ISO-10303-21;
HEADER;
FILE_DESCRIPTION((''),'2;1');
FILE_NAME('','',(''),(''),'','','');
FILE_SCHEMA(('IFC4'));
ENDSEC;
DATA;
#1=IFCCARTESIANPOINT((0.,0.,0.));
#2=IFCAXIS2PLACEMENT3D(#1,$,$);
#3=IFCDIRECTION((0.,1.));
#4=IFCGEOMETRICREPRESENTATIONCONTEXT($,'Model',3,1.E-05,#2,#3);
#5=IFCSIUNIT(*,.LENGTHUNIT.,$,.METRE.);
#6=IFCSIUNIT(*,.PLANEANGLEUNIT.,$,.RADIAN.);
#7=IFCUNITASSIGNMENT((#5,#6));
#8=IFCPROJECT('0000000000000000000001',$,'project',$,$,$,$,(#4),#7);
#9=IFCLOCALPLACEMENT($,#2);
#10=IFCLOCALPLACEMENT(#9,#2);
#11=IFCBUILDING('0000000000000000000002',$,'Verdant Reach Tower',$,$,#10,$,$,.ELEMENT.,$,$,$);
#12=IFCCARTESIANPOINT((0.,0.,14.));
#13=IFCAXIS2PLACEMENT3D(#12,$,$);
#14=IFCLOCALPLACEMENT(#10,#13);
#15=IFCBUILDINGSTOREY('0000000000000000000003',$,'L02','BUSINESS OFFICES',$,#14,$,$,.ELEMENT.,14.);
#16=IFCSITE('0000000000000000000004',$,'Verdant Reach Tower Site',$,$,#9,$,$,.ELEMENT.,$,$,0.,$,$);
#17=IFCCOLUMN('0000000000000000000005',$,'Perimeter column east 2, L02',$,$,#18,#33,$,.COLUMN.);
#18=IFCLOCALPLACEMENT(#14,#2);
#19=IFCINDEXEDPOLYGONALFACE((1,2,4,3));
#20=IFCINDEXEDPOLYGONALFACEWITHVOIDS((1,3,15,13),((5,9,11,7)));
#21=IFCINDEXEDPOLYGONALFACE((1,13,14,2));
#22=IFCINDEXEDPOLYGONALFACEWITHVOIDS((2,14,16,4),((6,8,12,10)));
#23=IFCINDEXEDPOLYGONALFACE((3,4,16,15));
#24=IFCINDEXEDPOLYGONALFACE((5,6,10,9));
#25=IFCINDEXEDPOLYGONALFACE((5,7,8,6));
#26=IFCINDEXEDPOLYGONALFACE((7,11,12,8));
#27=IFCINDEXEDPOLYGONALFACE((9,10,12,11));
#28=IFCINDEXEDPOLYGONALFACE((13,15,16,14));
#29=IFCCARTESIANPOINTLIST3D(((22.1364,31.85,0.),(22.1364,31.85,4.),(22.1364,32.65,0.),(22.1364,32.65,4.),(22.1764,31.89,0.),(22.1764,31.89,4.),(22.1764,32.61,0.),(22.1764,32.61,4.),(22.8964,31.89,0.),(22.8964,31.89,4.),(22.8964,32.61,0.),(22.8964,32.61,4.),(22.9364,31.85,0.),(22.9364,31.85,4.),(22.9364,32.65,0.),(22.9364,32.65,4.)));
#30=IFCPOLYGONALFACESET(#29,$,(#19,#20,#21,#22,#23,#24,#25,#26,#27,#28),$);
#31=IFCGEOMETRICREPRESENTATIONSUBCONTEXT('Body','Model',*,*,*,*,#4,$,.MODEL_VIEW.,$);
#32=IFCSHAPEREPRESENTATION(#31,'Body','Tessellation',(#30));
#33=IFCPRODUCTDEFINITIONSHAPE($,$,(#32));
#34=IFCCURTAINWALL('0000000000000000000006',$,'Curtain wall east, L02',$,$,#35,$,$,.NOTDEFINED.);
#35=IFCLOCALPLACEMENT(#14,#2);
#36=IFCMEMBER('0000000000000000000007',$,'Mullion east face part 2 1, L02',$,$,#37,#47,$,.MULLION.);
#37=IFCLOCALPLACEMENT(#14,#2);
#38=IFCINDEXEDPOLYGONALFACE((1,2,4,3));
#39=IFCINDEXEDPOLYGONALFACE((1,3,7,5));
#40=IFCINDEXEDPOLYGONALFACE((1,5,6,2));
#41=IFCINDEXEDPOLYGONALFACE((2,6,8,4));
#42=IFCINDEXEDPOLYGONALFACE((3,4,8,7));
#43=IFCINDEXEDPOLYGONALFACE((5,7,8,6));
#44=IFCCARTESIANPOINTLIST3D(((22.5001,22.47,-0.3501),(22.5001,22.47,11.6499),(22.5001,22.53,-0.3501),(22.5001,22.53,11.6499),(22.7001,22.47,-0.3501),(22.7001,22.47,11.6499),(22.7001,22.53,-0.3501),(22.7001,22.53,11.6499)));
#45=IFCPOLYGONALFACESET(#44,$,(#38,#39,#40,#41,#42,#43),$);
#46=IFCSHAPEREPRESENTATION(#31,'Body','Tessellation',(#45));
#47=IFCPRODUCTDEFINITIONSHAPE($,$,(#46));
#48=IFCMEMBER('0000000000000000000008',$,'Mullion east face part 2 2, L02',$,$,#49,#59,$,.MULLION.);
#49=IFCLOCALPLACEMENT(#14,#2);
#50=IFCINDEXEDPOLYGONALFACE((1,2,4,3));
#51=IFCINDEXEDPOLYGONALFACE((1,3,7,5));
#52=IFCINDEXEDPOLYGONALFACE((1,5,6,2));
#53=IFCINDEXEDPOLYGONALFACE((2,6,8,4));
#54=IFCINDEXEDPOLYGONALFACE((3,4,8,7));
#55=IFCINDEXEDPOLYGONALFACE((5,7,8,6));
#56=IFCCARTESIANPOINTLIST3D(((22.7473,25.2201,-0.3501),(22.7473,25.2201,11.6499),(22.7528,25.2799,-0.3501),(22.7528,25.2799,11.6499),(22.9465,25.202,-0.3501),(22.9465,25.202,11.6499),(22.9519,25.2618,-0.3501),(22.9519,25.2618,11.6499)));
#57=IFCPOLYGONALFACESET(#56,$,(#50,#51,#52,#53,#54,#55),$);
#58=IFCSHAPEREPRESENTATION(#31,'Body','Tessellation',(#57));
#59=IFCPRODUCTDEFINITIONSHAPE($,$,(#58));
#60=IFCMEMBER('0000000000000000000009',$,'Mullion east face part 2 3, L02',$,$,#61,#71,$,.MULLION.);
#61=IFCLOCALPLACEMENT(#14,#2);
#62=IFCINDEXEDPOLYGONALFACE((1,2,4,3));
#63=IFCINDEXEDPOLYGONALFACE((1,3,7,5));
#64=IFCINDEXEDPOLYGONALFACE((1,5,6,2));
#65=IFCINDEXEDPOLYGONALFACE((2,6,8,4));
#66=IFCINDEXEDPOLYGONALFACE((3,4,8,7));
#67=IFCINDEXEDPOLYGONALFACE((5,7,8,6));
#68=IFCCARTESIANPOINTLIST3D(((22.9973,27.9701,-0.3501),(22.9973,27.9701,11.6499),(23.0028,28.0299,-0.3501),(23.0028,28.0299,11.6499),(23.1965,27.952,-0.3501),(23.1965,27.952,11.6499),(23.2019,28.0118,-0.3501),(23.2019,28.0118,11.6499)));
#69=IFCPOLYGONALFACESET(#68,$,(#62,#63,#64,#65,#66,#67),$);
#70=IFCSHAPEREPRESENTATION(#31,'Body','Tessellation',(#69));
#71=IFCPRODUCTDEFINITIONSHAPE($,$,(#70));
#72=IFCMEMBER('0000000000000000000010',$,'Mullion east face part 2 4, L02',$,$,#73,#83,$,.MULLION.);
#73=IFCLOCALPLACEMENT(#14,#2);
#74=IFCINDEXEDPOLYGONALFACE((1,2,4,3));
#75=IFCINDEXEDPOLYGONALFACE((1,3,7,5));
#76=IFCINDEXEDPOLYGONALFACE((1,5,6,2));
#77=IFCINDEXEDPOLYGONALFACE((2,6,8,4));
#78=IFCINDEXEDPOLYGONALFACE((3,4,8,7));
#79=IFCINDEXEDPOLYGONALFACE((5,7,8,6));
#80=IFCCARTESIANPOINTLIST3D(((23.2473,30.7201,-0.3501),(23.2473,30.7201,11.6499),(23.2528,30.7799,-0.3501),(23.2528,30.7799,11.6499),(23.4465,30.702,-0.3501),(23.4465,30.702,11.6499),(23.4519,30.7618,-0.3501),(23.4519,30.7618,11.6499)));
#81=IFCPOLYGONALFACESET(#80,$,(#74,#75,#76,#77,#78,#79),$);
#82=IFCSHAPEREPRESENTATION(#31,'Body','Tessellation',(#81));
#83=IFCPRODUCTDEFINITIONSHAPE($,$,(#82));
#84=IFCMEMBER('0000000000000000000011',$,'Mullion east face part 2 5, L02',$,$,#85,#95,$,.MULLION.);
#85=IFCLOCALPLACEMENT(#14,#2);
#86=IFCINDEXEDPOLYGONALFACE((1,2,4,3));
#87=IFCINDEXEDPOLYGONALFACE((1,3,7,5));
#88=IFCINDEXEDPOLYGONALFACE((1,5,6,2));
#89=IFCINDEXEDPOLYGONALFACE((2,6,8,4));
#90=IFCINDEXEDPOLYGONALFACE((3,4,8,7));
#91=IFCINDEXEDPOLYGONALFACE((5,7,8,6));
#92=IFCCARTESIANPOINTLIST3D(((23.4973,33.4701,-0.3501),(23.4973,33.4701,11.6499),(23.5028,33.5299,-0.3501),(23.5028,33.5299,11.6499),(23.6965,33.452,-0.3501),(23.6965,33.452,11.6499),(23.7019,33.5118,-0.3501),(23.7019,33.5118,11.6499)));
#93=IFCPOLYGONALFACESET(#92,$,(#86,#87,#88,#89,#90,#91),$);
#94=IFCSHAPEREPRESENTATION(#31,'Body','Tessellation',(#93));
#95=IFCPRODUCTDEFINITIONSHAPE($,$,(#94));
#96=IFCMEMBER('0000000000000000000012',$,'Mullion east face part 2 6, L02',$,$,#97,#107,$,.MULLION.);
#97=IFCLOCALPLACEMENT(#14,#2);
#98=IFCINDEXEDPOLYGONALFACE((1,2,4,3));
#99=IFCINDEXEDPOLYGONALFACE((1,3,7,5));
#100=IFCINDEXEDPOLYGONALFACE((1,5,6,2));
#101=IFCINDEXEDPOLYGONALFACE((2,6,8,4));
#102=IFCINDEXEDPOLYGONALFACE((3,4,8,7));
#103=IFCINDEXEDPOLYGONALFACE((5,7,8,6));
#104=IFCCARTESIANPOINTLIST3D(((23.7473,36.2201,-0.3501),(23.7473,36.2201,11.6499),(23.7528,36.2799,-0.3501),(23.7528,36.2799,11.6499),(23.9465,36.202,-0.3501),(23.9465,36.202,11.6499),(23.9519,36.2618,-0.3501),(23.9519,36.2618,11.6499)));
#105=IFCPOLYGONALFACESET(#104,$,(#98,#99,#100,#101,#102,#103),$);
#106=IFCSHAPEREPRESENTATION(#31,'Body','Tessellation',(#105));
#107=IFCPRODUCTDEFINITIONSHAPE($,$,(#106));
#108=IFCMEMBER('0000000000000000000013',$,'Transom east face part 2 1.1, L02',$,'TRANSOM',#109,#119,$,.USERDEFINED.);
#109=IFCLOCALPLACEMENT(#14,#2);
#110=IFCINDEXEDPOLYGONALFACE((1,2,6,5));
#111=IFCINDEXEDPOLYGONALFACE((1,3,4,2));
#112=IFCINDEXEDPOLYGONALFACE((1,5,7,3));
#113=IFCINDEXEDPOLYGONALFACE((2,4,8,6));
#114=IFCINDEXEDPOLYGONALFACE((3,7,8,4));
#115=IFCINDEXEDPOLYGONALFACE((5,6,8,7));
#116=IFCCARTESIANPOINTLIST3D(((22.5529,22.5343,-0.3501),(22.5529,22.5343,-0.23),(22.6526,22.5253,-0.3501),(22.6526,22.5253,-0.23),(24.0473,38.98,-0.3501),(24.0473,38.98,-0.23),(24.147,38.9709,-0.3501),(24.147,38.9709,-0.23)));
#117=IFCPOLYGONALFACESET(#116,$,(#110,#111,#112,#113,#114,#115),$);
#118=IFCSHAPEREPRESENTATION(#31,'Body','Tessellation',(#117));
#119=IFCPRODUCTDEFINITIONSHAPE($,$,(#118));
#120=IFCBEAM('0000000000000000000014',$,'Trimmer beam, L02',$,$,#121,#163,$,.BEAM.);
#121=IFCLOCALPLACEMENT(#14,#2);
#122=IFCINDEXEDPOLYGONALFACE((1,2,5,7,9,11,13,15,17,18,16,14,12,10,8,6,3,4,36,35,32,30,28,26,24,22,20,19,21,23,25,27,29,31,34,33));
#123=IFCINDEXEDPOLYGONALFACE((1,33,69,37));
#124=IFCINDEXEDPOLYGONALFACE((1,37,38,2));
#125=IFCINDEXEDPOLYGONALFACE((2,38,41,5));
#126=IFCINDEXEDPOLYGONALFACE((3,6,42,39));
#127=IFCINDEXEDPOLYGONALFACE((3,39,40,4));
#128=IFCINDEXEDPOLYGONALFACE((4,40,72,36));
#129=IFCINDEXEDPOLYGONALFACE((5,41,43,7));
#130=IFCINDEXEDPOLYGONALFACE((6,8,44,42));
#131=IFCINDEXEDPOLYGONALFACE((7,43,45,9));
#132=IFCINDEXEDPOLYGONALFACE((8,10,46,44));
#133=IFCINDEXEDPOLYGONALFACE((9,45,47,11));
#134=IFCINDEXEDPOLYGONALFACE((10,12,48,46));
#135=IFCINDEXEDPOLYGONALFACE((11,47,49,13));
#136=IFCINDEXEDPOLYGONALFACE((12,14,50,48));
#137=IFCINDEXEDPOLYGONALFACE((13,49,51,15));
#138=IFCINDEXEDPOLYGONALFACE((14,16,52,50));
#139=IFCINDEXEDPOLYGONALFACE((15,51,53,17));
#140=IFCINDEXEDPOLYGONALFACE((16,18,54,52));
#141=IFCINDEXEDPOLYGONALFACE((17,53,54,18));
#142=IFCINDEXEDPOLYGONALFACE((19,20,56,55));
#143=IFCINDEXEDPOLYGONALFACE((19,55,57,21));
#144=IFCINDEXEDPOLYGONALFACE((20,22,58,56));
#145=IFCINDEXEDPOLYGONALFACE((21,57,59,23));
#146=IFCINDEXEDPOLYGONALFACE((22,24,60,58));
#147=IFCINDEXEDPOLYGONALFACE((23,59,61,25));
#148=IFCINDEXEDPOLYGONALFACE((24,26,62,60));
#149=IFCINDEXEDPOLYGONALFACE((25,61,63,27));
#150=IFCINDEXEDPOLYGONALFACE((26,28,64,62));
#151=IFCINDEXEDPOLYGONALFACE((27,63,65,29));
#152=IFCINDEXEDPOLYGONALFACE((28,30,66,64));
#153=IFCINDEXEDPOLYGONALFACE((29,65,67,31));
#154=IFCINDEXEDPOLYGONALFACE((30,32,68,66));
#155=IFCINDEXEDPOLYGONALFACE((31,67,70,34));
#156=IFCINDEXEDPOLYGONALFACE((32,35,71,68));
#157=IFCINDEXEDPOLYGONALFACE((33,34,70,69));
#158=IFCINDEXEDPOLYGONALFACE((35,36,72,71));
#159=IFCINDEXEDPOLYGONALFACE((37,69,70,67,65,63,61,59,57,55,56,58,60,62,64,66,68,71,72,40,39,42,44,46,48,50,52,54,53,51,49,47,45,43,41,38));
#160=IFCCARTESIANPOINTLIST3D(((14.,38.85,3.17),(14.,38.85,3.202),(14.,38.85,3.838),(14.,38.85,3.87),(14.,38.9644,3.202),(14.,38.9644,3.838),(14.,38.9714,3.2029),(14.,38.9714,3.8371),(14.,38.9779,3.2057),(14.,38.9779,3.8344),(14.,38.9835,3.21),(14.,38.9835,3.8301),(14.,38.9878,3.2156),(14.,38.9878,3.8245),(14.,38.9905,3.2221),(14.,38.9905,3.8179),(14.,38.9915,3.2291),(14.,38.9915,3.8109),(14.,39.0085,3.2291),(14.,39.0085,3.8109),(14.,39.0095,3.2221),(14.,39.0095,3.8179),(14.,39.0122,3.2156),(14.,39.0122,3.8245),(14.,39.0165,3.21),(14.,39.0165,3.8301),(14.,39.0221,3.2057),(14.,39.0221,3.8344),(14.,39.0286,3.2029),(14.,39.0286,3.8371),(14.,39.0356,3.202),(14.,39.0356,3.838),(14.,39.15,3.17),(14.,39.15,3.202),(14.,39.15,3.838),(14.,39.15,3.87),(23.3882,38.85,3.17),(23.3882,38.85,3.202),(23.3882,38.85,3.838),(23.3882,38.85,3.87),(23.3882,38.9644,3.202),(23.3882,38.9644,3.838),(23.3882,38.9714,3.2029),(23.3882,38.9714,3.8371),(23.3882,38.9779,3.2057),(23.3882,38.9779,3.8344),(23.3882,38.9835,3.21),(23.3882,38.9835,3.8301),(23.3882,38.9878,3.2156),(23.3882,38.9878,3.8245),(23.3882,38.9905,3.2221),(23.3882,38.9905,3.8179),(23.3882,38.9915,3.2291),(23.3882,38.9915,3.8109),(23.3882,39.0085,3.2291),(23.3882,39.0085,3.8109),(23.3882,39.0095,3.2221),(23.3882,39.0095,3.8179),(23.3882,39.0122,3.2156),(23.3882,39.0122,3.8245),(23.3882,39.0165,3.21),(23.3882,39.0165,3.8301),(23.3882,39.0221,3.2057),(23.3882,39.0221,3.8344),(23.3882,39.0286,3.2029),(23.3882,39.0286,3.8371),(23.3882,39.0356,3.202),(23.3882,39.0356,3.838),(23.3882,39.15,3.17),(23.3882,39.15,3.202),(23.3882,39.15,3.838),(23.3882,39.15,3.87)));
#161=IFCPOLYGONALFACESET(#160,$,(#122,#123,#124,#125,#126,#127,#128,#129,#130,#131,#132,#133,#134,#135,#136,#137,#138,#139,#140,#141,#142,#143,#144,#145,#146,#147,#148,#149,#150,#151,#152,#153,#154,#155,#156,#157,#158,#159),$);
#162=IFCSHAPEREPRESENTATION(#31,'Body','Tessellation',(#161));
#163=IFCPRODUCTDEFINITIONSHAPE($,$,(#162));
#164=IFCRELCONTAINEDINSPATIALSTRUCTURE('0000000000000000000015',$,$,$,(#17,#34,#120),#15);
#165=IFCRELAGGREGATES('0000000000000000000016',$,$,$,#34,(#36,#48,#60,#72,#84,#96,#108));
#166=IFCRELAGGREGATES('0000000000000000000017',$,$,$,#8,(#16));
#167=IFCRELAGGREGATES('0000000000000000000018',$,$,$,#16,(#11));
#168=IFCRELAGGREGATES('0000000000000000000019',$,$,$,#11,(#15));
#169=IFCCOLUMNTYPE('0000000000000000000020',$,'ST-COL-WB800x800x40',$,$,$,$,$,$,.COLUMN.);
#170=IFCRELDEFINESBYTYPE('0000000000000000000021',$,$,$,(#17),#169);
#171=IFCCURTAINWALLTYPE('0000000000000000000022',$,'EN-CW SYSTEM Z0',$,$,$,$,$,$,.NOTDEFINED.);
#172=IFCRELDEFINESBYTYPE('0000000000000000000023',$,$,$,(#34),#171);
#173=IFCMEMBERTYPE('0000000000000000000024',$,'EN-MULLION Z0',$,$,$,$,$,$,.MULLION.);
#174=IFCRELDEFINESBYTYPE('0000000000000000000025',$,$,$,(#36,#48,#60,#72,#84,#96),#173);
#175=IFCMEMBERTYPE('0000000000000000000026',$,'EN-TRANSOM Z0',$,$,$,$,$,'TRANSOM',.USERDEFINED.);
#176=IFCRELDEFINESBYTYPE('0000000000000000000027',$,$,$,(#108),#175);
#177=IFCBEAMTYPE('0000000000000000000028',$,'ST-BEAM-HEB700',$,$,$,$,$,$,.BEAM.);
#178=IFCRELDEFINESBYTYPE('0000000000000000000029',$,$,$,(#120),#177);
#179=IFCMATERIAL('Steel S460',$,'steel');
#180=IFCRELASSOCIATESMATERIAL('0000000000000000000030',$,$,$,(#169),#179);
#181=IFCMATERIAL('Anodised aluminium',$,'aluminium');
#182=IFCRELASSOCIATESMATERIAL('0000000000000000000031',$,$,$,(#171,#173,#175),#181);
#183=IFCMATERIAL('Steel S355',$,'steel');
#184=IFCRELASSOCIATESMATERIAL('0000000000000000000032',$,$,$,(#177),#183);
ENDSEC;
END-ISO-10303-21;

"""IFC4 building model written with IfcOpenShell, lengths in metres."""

from ifc_helpers import new_model, si_unit, direction, frame, origin, origin_2d, place, context, subcontext, project, spatial, rectangle, hollow_rectangle, i_section, extrude, material, material_profile, profile_set, type_object, element, aggregate, save


model = new_model("IFC4")

# Units and contexts
model_context = context("Model", 3, precision=1e-05, world=origin(), true_north=direction((0.0, 1.0)))
body_context = subcontext(model_context, "Body", "Model", "MODEL_VIEW")
ifc_project = project(units=[si_unit("LENGTHUNIT", "METRE"), si_unit("PLANEANGLEUNIT", "RADIAN")], contexts=[model_context])

# Site, building, storey
site_placement = place(None, origin())
site = spatial("IfcSite", under=ifc_project, at=site_placement, Name="Verdant Reach Tower Site", CompositionType="ELEMENT", RefElevation=0.0)
building_placement = place(site_placement, origin())
building = spatial("IfcBuilding", under=site, at=building_placement, Name="Verdant Reach Tower", CompositionType="ELEMENT")
storey_placement = place(building_placement, frame((0.0, 0.0, 14.0)))
storey = spatial("IfcBuildingStorey", under=building, at=storey_placement, Name="L02", Description="BUSINESS OFFICES", CompositionType="ELEMENT", Elevation=14.0)

# Column
ifc_material_1 = material(Name="Steel S460", Category="steel")
ifc_material_profile_1 = material_profile(ifc_material_1, hollow_rectangle(XDim=0.8, YDim=0.8, WallThickness=0.04, at=origin_2d()), Name="WB 800x800x40")
ifc_profile_set_1 = profile_set([ifc_material_profile_1], Name="Steel S460")
column_type = type_object("IfcColumnType", Name="ST-COL-WB800x800x40", PredefinedType="COLUMN", material=ifc_profile_set_1)
column_placement = place(storey_placement, frame((22.5364, 32.25, 0.0), z_axis=(0.0, 0.0, 1.0), x_axis=(1.0, 0.0, 0.0)))
element("IfcColumn", 1, at=column_placement, inside=storey, type_object=column_type, Name="Perimeter column east 2, L02", PredefinedType="COLUMN", context=body_context, shape_type="SweptSolid", body=[
    extrude(hollow_rectangle(XDim=0.8, YDim=0.8, WallThickness=0.04, at=origin_2d()), origin(), (0.0, 0.0, 1.0), 4.0),
])

# Curtain wall, members
ifc_material_2 = material(Name="Anodised aluminium", Category="aluminium")
curtain_wall_type = type_object("IfcCurtainWallType", Name="EN-CW SYSTEM Z0", PredefinedType="NOTDEFINED", material=ifc_material_2)
curtain_wall_placement = place(storey_placement, origin())
curtain_wall = element("IfcCurtainWall", 2, at=curtain_wall_placement, inside=storey, type_object=curtain_wall_type, Name="Curtain wall east, L02", PredefinedType="NOTDEFINED")
ifc_material_profile_2 = material_profile(ifc_material_2, rectangle(XDim=0.2, YDim=0.0601, at=origin_2d()), Name="Mullion 60x200")
ifc_profile_set_2 = profile_set([ifc_material_profile_2], Name="Anodised aluminium")
member_type_1 = type_object("IfcMemberType", Name="EN-MULLION Z0", PredefinedType="MULLION", material=ifc_profile_set_2)
member_1_placement = place(storey_placement, frame((22.6001, 22.5, -0.3501), z_axis=(0.0, 0.0, 1.0), x_axis=(1.0, 0.0, 0.0)))
member_1 = element("IfcMember", 3, at=member_1_placement, type_object=member_type_1, Name="Mullion east face part 2 1, L02", PredefinedType="MULLION", context=body_context, shape_type="SweptSolid", body=[
    extrude(rectangle(XDim=0.2, YDim=0.0601, at=origin_2d()), origin(), (0.0, 0.0, 1.0), 12.0),
])
member_2_placement = place(storey_placement, frame((22.8496, 25.241, -0.3501), z_axis=(0.0, 0.0, 1.0), x_axis=(0.995893, -0.090536, 0.0)))
member_2 = element("IfcMember", 4, at=member_2_placement, type_object=member_type_1, Name="Mullion east face part 2 2, L02", PredefinedType="MULLION", context=body_context, shape_type="SweptSolid", body=[
    extrude(rectangle(XDim=0.2, YDim=0.0601, at=origin_2d()), origin(), (0.0, 0.0, 1.0), 12.0),
])
member_3_placement = place(storey_placement, frame((23.0996, 27.991, -0.3501), z_axis=(0.0, 0.0, 1.0), x_axis=(0.995893, -0.090536, 0.0)))
member_3 = element("IfcMember", 5, at=member_3_placement, type_object=member_type_1, Name="Mullion east face part 2 3, L02", PredefinedType="MULLION", context=body_context, shape_type="SweptSolid", body=[
    extrude(rectangle(XDim=0.2, YDim=0.0601, at=origin_2d()), origin(), (0.0, 0.0, 1.0), 12.0),
])
member_4_placement = place(storey_placement, frame((23.3496, 30.741, -0.3501), z_axis=(0.0, 0.0, 1.0), x_axis=(0.995893, -0.090536, 0.0)))
member_4 = element("IfcMember", 6, at=member_4_placement, type_object=member_type_1, Name="Mullion east face part 2 4, L02", PredefinedType="MULLION", context=body_context, shape_type="SweptSolid", body=[
    extrude(rectangle(XDim=0.2, YDim=0.0601, at=origin_2d()), origin(), (0.0, 0.0, 1.0), 12.0),
])
member_5_placement = place(storey_placement, frame((23.5996, 33.491, -0.3501), z_axis=(0.0, 0.0, 1.0), x_axis=(0.995893, -0.090536, 0.0)))
member_5 = element("IfcMember", 7, at=member_5_placement, type_object=member_type_1, Name="Mullion east face part 2 5, L02", PredefinedType="MULLION", context=body_context, shape_type="SweptSolid", body=[
    extrude(rectangle(XDim=0.2, YDim=0.0601, at=origin_2d()), origin(), (0.0, 0.0, 1.0), 12.0),
])
member_6_placement = place(storey_placement, frame((23.8496, 36.241, -0.3501), z_axis=(0.0, 0.0, 1.0), x_axis=(0.995893, -0.090536, 0.0)))
member_6 = element("IfcMember", 8, at=member_6_placement, type_object=member_type_1, Name="Mullion east face part 2 6, L02", PredefinedType="MULLION", context=body_context, shape_type="SweptSolid", body=[
    extrude(rectangle(XDim=0.2, YDim=0.0601, at=origin_2d()), origin(), (0.0, 0.0, 1.0), 12.0),
])
ifc_material_profile_3 = material_profile(ifc_material_2, rectangle(XDim=0.1001, YDim=0.1201, at=origin_2d()), Name="Transom 120x100")
ifc_profile_set_3 = profile_set([ifc_material_profile_3], Name="Anodised aluminium")
member_type_2 = type_object("IfcMemberType", Name="EN-TRANSOM Z0", ElementType="TRANSOM", PredefinedType="USERDEFINED", material=ifc_profile_set_3)
member_7_placement = place(storey_placement, frame((22.6028, 22.5298, -0.29), z_axis=(0.090496, 0.995897, 0.0), x_axis=(-0.995897, 0.090496, 0.0)))
member_7 = element("IfcMember", 9, at=member_7_placement, type_object=member_type_2, Name="Transom east face part 2 1.1, L02", ObjectType="TRANSOM", PredefinedType="USERDEFINED", context=body_context, shape_type="SweptSolid", body=[
    extrude(rectangle(XDim=0.1001, YDim=0.1201, at=origin_2d()), origin(), (0.0, 0.0, 1.0), 16.5134),
])

# Beam
ifc_material_3 = material(Name="Steel S355", Category="steel")
ifc_material_profile_4 = material_profile(ifc_material_3, i_section(OverallWidth=0.3, OverallDepth=0.7, WebThickness=0.0171, FlangeThickness=0.032, FilletRadius=0.0271, at=origin_2d()), Name="HEB 700")
ifc_profile_set_4 = profile_set([ifc_material_profile_4], Name="Steel S355")
beam_type_1 = type_object("IfcBeamType", Name="ST-BEAM-HEB700", PredefinedType="BEAM", material=ifc_profile_set_4)
beam_1_placement = place(storey_placement, frame((14.0, 39.0, 3.52), z_axis=(1.0, 0.0, 0.0), x_axis=(0.0, 1.0, 0.0)))
element("IfcBeam", 10, at=beam_1_placement, inside=storey, type_object=beam_type_1, Name="Trimmer beam, L02", PredefinedType="BEAM", context=body_context, shape_type="SweptSolid", body=[
    extrude(i_section(OverallWidth=0.3, OverallDepth=0.7, WebThickness=0.0171, FlangeThickness=0.032, FilletRadius=0.0271, at=origin_2d()), origin(), (0.0, 0.0, 1.0), 9.3882),
])

aggregate(curtain_wall, [member_1, member_2, member_3, member_4, member_5, member_6, member_7])

save(model, "model.ifc")
